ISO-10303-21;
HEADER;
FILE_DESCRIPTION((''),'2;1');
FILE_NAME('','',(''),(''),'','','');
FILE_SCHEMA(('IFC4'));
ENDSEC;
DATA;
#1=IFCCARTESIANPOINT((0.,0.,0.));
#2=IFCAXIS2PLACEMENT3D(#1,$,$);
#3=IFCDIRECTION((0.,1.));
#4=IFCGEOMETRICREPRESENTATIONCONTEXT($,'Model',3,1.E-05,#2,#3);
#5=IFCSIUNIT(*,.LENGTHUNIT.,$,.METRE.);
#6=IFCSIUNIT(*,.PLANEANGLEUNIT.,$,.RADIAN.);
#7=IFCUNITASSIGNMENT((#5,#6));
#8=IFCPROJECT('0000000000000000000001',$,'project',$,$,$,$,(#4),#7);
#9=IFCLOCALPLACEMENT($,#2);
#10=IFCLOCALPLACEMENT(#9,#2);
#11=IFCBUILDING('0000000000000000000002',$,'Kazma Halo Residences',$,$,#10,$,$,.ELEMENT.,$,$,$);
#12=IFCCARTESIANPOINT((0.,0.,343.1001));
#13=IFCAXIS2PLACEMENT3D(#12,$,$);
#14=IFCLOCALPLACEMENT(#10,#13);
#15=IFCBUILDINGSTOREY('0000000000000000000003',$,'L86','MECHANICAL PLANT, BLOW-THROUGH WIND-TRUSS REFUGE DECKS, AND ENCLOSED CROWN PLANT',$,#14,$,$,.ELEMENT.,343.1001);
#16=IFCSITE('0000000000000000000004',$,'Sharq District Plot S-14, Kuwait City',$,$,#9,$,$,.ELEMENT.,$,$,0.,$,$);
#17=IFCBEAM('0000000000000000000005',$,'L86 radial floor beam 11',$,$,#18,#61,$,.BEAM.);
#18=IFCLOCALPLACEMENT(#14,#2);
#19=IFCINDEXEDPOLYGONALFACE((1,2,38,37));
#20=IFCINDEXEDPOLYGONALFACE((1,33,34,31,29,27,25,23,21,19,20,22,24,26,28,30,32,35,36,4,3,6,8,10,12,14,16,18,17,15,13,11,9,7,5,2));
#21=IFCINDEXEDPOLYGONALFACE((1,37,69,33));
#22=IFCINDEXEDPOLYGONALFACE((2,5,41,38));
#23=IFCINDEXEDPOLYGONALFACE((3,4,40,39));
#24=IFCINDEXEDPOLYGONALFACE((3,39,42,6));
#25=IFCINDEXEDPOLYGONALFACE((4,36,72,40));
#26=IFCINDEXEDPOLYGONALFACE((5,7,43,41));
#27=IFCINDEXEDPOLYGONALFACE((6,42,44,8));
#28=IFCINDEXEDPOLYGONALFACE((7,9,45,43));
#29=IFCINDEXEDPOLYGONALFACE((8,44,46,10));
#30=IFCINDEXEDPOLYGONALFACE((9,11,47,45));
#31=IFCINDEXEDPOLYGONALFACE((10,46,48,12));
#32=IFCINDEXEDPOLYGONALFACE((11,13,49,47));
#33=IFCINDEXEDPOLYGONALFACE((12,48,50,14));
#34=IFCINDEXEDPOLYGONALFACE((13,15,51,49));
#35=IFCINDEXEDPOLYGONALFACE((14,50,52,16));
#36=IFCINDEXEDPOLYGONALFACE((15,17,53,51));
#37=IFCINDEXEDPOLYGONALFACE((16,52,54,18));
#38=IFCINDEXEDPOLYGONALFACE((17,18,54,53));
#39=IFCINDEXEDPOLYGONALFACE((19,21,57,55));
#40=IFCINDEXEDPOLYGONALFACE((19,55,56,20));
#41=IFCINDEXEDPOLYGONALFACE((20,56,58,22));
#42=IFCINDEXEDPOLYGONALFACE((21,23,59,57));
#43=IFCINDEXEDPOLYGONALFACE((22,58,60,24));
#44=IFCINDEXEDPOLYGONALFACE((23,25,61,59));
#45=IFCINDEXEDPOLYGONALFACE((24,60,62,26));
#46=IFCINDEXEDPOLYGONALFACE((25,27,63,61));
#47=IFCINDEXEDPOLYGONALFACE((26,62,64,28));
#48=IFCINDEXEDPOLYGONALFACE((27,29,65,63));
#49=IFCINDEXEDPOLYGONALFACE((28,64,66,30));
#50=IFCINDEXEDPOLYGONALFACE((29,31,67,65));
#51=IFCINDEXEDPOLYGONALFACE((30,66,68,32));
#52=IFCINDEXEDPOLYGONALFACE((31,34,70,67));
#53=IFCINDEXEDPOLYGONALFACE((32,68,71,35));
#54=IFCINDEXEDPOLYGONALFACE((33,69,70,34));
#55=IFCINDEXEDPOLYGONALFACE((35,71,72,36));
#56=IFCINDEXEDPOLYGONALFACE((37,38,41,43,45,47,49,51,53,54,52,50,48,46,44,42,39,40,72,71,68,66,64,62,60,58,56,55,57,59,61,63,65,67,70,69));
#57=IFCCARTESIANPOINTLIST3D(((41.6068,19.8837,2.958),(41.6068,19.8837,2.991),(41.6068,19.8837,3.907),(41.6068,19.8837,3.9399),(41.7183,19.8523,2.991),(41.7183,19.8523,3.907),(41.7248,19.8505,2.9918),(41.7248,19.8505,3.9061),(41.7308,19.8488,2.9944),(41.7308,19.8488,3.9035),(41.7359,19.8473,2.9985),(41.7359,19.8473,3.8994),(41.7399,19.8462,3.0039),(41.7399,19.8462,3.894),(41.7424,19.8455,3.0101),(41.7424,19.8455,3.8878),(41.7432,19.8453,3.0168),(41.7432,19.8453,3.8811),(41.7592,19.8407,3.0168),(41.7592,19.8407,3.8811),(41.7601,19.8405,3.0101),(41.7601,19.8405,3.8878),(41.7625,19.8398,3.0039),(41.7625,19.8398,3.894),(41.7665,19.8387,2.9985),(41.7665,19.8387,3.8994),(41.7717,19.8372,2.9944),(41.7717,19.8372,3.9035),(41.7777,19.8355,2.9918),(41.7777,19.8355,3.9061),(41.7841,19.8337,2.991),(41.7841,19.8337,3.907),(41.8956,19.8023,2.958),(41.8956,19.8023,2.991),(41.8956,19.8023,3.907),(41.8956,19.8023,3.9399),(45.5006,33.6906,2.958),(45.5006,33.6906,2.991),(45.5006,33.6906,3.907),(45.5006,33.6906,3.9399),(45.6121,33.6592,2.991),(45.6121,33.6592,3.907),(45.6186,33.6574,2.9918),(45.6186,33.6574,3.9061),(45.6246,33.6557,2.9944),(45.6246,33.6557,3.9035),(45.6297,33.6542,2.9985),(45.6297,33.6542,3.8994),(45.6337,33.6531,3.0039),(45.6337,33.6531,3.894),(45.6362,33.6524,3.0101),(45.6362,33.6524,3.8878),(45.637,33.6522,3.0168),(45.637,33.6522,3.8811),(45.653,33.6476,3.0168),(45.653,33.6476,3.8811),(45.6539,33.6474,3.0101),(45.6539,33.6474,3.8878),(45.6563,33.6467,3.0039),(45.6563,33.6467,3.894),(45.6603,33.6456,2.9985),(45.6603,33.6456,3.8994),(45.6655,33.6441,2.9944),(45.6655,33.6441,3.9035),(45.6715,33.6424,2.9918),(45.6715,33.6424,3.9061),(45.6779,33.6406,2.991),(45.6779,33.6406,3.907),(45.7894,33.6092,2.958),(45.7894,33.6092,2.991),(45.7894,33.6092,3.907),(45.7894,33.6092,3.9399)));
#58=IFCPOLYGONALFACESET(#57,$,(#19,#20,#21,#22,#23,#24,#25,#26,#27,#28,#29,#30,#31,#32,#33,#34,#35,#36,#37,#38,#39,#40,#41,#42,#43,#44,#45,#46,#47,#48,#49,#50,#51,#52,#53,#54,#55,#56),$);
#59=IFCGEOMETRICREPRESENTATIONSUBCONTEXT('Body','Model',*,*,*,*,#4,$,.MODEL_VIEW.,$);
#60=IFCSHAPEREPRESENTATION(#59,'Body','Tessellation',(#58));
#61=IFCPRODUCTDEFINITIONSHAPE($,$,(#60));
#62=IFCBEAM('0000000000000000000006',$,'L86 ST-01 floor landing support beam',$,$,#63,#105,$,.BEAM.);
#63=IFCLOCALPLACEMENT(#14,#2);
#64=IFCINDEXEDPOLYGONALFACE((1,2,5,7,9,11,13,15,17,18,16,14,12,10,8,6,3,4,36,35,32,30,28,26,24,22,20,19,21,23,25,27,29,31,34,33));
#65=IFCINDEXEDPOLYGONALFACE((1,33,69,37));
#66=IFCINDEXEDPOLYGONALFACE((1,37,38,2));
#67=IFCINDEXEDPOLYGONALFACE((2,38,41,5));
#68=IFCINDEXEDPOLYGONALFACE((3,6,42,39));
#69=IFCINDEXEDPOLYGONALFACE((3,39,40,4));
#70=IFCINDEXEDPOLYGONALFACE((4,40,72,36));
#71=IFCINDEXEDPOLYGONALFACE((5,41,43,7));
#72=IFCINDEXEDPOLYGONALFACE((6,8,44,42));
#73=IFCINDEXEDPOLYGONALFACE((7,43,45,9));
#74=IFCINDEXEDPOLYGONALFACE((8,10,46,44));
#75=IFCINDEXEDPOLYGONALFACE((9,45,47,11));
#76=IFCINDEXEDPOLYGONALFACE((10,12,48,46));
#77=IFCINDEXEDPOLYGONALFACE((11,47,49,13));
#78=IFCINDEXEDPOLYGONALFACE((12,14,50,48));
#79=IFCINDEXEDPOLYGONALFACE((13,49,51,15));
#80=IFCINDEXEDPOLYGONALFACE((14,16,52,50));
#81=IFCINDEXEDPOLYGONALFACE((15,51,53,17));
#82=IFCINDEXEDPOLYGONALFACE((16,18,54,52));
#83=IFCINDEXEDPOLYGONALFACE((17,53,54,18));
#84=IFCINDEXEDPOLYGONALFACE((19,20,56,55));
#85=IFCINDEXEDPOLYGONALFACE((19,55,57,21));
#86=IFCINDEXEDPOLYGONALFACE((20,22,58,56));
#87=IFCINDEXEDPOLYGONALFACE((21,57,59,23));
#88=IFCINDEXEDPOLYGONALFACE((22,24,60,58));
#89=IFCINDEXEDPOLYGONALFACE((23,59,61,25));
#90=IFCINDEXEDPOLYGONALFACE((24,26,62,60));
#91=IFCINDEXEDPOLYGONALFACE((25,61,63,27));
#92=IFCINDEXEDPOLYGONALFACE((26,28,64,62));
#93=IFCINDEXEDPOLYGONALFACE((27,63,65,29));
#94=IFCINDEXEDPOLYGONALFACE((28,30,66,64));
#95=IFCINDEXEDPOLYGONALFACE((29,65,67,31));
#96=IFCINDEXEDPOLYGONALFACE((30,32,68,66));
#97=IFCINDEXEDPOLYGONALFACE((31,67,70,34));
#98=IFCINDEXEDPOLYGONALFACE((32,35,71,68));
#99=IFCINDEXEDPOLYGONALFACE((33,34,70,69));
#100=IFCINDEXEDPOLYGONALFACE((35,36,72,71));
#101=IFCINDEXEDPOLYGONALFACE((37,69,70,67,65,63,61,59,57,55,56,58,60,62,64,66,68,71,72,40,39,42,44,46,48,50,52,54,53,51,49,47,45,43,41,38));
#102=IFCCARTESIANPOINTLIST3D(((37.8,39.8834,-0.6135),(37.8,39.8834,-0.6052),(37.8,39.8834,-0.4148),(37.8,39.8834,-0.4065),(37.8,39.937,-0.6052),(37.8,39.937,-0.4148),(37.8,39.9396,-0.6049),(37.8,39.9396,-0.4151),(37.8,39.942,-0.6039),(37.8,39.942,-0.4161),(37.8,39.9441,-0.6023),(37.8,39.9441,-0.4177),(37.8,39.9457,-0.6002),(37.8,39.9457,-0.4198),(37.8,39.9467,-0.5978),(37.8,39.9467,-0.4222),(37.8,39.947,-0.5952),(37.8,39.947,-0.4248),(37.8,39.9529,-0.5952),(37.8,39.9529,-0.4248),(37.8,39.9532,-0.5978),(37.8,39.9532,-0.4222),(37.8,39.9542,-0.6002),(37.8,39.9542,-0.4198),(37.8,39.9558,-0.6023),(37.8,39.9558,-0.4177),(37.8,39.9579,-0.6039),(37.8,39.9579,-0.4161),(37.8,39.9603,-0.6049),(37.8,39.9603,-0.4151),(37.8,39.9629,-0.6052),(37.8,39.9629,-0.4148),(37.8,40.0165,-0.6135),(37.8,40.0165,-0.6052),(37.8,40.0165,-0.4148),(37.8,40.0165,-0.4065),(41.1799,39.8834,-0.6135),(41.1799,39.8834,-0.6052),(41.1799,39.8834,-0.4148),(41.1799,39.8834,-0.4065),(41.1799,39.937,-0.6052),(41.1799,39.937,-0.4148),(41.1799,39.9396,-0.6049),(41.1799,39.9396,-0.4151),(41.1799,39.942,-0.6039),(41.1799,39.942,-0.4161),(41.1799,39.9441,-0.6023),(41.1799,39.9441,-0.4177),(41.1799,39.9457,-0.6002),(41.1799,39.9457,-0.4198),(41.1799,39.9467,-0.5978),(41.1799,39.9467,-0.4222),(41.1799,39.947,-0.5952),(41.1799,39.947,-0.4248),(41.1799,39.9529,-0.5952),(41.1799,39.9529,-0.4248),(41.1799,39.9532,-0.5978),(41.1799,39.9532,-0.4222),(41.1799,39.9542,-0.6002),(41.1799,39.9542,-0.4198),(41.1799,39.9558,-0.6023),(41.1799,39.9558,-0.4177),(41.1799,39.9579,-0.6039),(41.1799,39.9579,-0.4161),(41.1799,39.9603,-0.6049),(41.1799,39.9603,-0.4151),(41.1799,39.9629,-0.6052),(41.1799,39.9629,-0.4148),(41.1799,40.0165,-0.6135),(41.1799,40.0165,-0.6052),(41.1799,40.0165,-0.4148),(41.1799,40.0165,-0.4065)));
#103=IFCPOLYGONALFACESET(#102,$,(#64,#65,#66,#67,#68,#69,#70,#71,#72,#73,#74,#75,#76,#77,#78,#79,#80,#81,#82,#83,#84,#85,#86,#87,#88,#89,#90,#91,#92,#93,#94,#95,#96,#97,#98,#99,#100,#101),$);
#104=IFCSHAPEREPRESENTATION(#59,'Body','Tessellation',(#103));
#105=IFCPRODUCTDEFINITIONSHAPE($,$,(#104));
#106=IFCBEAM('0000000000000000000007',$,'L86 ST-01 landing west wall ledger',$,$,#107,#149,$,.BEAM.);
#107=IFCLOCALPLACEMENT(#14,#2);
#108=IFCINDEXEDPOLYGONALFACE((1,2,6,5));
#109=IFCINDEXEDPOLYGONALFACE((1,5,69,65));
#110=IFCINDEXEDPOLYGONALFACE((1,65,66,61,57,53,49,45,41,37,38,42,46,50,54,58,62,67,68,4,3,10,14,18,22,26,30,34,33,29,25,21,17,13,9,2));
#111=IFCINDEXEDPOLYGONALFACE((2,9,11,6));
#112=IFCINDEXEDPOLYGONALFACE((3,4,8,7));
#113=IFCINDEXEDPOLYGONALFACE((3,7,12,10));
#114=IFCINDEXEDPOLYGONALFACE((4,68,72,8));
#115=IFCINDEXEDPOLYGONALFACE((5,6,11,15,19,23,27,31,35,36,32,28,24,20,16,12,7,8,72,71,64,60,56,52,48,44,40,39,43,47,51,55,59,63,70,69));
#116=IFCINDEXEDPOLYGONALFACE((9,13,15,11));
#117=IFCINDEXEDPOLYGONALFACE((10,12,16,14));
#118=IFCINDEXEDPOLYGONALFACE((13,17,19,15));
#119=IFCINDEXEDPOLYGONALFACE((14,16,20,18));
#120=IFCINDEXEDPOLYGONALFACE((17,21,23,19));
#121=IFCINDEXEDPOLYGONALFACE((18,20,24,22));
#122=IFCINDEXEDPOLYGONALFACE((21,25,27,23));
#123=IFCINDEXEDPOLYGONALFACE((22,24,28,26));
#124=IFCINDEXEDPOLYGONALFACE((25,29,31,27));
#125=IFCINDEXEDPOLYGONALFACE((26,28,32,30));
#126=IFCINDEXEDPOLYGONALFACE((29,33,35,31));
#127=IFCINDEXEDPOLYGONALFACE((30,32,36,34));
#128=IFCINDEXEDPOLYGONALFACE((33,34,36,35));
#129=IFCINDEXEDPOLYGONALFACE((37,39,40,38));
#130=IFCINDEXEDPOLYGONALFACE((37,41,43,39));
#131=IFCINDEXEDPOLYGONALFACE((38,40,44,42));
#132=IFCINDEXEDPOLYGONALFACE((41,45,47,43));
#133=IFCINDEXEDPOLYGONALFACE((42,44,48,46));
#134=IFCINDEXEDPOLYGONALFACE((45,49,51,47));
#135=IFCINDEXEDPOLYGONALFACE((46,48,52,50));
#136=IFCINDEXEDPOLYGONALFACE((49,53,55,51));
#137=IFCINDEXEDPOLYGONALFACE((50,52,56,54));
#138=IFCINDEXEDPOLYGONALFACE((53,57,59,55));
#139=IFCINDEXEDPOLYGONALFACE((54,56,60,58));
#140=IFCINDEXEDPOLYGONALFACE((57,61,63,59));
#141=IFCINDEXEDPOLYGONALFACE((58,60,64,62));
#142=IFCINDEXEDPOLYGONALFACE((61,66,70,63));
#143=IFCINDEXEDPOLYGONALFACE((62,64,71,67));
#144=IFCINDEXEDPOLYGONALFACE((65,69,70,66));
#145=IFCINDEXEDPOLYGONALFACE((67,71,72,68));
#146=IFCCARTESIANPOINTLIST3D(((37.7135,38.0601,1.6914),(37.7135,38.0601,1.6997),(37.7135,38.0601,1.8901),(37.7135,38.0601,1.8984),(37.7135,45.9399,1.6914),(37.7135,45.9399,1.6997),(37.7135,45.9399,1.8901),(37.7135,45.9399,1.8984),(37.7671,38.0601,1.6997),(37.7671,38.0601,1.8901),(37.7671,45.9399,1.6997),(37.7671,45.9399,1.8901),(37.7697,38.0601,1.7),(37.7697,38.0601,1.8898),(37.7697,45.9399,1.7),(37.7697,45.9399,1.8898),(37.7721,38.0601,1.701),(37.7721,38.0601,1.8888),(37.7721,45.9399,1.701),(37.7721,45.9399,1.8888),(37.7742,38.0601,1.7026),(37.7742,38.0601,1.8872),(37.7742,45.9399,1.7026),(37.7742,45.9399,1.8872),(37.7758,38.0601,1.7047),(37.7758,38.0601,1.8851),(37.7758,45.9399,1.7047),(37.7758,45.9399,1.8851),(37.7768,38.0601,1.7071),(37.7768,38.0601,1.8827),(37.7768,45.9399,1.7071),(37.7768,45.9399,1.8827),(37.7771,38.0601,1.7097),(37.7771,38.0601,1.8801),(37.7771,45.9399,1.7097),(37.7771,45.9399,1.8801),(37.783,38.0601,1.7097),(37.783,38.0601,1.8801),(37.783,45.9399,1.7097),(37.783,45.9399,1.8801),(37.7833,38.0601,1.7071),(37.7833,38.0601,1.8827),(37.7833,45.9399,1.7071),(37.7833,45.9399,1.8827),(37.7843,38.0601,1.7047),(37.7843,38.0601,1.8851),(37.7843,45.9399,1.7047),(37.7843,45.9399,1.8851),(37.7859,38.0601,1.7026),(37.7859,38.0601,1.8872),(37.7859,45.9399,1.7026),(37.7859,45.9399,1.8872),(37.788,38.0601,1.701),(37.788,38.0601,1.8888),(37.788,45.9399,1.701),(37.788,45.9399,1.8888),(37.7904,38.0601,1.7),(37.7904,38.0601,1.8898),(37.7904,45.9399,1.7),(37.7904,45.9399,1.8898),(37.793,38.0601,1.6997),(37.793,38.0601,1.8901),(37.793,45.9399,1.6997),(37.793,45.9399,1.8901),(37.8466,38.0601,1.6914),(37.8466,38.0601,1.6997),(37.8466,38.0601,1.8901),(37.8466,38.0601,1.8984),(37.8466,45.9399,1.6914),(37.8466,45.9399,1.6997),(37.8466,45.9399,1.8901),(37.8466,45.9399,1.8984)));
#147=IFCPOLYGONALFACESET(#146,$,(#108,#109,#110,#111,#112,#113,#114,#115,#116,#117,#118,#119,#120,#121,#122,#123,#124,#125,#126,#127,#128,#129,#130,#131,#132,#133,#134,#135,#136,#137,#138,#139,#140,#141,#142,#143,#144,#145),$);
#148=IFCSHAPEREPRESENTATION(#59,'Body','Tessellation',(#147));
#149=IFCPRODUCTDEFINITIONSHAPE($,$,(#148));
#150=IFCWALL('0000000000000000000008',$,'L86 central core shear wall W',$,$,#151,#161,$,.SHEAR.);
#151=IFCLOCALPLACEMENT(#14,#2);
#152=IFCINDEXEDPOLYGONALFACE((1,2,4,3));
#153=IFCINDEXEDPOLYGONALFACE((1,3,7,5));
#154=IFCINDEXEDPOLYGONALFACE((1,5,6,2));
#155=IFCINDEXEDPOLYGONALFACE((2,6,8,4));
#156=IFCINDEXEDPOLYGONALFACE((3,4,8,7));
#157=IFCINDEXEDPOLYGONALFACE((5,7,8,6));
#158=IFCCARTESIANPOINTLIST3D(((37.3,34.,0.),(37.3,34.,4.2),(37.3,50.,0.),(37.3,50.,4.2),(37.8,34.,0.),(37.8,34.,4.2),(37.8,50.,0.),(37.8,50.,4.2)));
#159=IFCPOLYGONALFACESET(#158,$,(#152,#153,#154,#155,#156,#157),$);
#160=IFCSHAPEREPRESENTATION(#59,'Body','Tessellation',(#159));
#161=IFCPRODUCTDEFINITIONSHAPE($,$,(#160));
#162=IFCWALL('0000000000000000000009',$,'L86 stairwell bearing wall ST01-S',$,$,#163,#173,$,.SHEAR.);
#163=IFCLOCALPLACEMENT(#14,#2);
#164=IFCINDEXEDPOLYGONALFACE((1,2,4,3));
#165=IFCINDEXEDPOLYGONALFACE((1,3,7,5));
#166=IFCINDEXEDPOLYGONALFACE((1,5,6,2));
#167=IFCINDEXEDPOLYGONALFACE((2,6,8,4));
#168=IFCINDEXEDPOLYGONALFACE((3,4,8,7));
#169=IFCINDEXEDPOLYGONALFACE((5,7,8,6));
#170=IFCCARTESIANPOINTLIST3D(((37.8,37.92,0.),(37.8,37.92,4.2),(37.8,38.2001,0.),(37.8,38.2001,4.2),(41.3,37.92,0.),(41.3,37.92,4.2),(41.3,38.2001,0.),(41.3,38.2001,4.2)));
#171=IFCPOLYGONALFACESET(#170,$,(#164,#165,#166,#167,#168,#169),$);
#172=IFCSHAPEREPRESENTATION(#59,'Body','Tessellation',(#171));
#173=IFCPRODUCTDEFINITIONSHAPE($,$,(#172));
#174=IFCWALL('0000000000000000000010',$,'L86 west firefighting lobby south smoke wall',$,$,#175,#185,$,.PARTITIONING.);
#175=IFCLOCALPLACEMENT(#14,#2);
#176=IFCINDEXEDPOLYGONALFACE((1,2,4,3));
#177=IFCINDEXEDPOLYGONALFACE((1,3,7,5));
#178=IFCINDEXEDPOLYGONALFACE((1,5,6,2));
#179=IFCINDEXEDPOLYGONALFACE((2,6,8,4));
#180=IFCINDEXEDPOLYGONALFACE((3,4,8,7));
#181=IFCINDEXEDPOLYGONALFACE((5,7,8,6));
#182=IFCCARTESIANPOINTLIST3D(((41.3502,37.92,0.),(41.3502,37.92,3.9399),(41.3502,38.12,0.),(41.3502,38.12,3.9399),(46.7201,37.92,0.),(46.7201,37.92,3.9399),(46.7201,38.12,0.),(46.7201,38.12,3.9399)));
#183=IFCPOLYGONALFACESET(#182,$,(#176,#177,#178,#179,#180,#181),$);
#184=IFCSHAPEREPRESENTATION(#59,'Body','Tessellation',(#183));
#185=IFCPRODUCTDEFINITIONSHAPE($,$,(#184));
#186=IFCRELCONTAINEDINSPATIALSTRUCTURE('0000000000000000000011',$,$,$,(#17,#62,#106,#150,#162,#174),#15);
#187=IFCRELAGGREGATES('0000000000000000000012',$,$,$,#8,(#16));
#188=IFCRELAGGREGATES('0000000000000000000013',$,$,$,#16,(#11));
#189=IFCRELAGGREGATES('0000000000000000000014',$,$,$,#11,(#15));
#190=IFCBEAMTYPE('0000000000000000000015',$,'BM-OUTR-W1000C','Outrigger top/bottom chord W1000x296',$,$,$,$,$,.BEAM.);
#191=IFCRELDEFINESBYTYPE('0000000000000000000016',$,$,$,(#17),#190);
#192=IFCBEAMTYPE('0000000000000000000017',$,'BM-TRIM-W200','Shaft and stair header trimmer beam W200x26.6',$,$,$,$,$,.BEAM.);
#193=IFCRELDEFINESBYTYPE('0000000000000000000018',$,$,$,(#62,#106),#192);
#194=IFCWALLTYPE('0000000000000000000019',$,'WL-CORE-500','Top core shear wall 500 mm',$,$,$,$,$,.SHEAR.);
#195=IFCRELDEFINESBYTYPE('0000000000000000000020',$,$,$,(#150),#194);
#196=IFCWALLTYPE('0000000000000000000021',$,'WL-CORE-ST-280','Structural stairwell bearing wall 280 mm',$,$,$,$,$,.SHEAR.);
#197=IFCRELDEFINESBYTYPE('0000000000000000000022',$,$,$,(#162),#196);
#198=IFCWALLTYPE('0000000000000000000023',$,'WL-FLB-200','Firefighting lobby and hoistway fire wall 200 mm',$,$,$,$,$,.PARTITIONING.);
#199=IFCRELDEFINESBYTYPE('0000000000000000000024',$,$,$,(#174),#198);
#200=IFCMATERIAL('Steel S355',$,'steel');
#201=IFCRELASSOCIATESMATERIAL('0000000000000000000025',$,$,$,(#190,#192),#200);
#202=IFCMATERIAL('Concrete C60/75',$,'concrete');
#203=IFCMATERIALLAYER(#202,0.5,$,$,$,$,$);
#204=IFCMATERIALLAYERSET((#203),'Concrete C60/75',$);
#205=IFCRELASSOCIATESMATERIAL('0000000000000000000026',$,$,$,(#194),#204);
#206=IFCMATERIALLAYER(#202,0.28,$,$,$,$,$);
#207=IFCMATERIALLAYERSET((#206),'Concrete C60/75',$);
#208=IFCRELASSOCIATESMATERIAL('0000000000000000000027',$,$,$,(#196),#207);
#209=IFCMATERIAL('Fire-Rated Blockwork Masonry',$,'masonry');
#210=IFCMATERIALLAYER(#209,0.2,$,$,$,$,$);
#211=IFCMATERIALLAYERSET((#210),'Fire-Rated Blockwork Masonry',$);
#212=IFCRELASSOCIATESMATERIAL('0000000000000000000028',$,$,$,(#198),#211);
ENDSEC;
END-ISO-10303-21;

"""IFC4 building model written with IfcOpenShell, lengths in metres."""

from ifc_helpers import new_model, si_unit, direction, frame, frame_2d, origin, origin_2d, place, context, subcontext, project, spatial, rectangle, i_section, extrude, material, layer, layer_set, material_profile, profile_set, type_object, element, save


model = new_model("IFC4")

# Units and contexts
model_context = context("Model", 3, precision=1e-05, world=origin(), true_north=direction((0.0, 1.0)))
body_context = subcontext(model_context, "Body", "Model", "MODEL_VIEW")
ifc_project = project(units=[si_unit("LENGTHUNIT", "METRE"), si_unit("PLANEANGLEUNIT", "RADIAN")], contexts=[model_context])

# Site, building, storey
site_placement = place(None, origin())
site = spatial("IfcSite", under=ifc_project, at=site_placement, Name="Sharq District Plot S-14, Kuwait City", CompositionType="ELEMENT", RefElevation=0.0)
building_placement = place(site_placement, origin())
building = spatial("IfcBuilding", under=site, at=building_placement, Name="Kazma Halo Residences", CompositionType="ELEMENT")
storey_placement = place(building_placement, frame((0.0, 0.0, 343.1001)))
storey = spatial("IfcBuildingStorey", under=building, at=storey_placement, Name="L86", Description="MECHANICAL PLANT, BLOW-THROUGH WIND-TRUSS REFUGE DECKS, AND ENCLOSED CROWN PLANT", CompositionType="ELEMENT", Elevation=343.1001)

# Beams
ifc_material_1 = material(Name="Steel S355", Category="steel")
ifc_material_profile_1 = material_profile(ifc_material_1, i_section(OverallWidth=0.3, OverallDepth=0.9819, WebThickness=0.0166, FlangeThickness=0.033, FilletRadius=0.0259, at=origin_2d()), Name="W1000x296")
ifc_profile_set_1 = profile_set([ifc_material_profile_1], Name="Steel S355")
beam_type_1 = type_object("IfcBeamType", Name="BM-OUTR-W1000C", Description="Outrigger top/bottom chord W1000x296", PredefinedType="BEAM", material=ifc_profile_set_1)
beam_1_placement = place(storey_placement, frame((45.645, 33.6499, 3.449), z_axis=(-0.271431, -0.962458, 0.0), x_axis=(0.962458, -0.271431, 0.0)))
element("IfcBeam", 1, at=beam_1_placement, inside=storey, type_object=beam_type_1, Name="L86 radial floor beam 11", PredefinedType="BEAM", context=body_context, shape_type="SweptSolid", body=[
    extrude(i_section(OverallWidth=0.3, OverallDepth=0.9819, WebThickness=0.0166, FlangeThickness=0.033, FilletRadius=0.0259, at=origin_2d()), origin(), (0.0, 0.0, 1.0), 14.3455),
])
ifc_material_profile_2 = material_profile(ifc_material_1, i_section(OverallWidth=0.1331, OverallDepth=0.207, WebThickness=0.0059, FlangeThickness=0.0083, FilletRadius=0.01, at=origin_2d()), Name="W200x26.6")
ifc_profile_set_2 = profile_set([ifc_material_profile_2], Name="Steel S355")
beam_type_2 = type_object("IfcBeamType", Name="BM-TRIM-W200", Description="Shaft and stair header trimmer beam W200x26.6", PredefinedType="BEAM", material=ifc_profile_set_2)
beam_2_placement = place(storey_placement, frame((37.8, 39.95, -0.51), z_axis=(1.0, 0.0, 0.0), x_axis=(0.0, 1.0, 0.0)))
element("IfcBeam", 2, at=beam_2_placement, inside=storey, type_object=beam_type_2, Name="L86 ST-01 floor landing support beam", PredefinedType="BEAM", context=body_context, shape_type="SweptSolid", body=[
    extrude(i_section(OverallWidth=0.1331, OverallDepth=0.207, WebThickness=0.0059, FlangeThickness=0.0083, FilletRadius=0.01, at=origin_2d()), origin(), (0.0, 0.0, 1.0), 3.3799),
])
beam_3_placement = place(storey_placement, frame((37.78, 38.0601, 1.7949), z_axis=(0.0, 1.0, 0.0), x_axis=(-1.0, 0.0, 0.0)))
element("IfcBeam", 3, at=beam_3_placement, inside=storey, type_object=beam_type_2, Name="L86 ST-01 landing west wall ledger", PredefinedType="BEAM", context=body_context, shape_type="SweptSolid", body=[
    extrude(i_section(OverallWidth=0.1331, OverallDepth=0.207, WebThickness=0.0059, FlangeThickness=0.0083, FilletRadius=0.01, at=origin_2d()), origin(), (0.0, 0.0, 1.0), 7.8799),
])

# Walls
ifc_material_2 = material(Name="Concrete C60/75", Category="concrete")
ifc_layer_1 = layer(ifc_material_2, 0.5)
ifc_layer_set_1 = layer_set([ifc_layer_1], Name="Concrete C60/75")
wall_type_1 = type_object("IfcWallType", Name="WL-CORE-500", Description="Top core shear wall 500 mm", PredefinedType="SHEAR", material=ifc_layer_set_1)
wall_1_placement = place(storey_placement, frame((37.55, 34.0, 0.0), z_axis=(0.0, 0.0, 1.0), x_axis=(0.0, 1.0, 0.0)))
element("IfcWall", 4, at=wall_1_placement, inside=storey, type_object=wall_type_1, Name="L86 central core shear wall W", PredefinedType="SHEAR", context=body_context, shape_type="SweptSolid", body=[
    extrude(rectangle(XDim=16.0, YDim=0.5, at=frame_2d((8.0, 0.0))), origin(), (0.0, 0.0, 1.0), 4.2),
])
ifc_layer_2 = layer(ifc_material_2, 0.28)
ifc_layer_set_2 = layer_set([ifc_layer_2], Name="Concrete C60/75")
wall_type_2 = type_object("IfcWallType", Name="WL-CORE-ST-280", Description="Structural stairwell bearing wall 280 mm", PredefinedType="SHEAR", material=ifc_layer_set_2)
wall_2_placement = place(storey_placement, frame((37.8, 38.0601, 0.0), z_axis=(0.0, 0.0, 1.0), x_axis=(1.0, 0.0, 0.0)))
element("IfcWall", 5, at=wall_2_placement, inside=storey, type_object=wall_type_2, Name="L86 stairwell bearing wall ST01-S", PredefinedType="SHEAR", context=body_context, shape_type="SweptSolid", body=[
    extrude(rectangle(XDim=3.5, YDim=0.28, at=frame_2d((1.75, 0.0))), origin(), (0.0, 0.0, 1.0), 4.2),
])
ifc_material_3 = material(Name="Fire-Rated Blockwork Masonry", Category="masonry")
ifc_layer_3 = layer(ifc_material_3, 0.2)
ifc_layer_set_3 = layer_set([ifc_layer_3], Name="Fire-Rated Blockwork Masonry")
wall_type_3 = type_object("IfcWallType", Name="WL-FLB-200", Description="Firefighting lobby and hoistway fire wall 200 mm", PredefinedType="PARTITIONING", material=ifc_layer_set_3)
wall_3_placement = place(storey_placement, frame((41.3501, 38.02, 0.0), z_axis=(0.0, 0.0, 1.0), x_axis=(1.0, 0.0, 0.0)))
element("IfcWall", 6, at=wall_3_placement, inside=storey, type_object=wall_type_3, Name="L86 west firefighting lobby south smoke wall", PredefinedType="PARTITIONING", context=body_context, shape_type="SweptSolid", body=[
    extrude(rectangle(XDim=5.3699, YDim=0.2, at=frame_2d((2.6851, 0.0))), origin(), (0.0, 0.0, 1.0), 3.9399),
])

save(model, "model.ifc")
